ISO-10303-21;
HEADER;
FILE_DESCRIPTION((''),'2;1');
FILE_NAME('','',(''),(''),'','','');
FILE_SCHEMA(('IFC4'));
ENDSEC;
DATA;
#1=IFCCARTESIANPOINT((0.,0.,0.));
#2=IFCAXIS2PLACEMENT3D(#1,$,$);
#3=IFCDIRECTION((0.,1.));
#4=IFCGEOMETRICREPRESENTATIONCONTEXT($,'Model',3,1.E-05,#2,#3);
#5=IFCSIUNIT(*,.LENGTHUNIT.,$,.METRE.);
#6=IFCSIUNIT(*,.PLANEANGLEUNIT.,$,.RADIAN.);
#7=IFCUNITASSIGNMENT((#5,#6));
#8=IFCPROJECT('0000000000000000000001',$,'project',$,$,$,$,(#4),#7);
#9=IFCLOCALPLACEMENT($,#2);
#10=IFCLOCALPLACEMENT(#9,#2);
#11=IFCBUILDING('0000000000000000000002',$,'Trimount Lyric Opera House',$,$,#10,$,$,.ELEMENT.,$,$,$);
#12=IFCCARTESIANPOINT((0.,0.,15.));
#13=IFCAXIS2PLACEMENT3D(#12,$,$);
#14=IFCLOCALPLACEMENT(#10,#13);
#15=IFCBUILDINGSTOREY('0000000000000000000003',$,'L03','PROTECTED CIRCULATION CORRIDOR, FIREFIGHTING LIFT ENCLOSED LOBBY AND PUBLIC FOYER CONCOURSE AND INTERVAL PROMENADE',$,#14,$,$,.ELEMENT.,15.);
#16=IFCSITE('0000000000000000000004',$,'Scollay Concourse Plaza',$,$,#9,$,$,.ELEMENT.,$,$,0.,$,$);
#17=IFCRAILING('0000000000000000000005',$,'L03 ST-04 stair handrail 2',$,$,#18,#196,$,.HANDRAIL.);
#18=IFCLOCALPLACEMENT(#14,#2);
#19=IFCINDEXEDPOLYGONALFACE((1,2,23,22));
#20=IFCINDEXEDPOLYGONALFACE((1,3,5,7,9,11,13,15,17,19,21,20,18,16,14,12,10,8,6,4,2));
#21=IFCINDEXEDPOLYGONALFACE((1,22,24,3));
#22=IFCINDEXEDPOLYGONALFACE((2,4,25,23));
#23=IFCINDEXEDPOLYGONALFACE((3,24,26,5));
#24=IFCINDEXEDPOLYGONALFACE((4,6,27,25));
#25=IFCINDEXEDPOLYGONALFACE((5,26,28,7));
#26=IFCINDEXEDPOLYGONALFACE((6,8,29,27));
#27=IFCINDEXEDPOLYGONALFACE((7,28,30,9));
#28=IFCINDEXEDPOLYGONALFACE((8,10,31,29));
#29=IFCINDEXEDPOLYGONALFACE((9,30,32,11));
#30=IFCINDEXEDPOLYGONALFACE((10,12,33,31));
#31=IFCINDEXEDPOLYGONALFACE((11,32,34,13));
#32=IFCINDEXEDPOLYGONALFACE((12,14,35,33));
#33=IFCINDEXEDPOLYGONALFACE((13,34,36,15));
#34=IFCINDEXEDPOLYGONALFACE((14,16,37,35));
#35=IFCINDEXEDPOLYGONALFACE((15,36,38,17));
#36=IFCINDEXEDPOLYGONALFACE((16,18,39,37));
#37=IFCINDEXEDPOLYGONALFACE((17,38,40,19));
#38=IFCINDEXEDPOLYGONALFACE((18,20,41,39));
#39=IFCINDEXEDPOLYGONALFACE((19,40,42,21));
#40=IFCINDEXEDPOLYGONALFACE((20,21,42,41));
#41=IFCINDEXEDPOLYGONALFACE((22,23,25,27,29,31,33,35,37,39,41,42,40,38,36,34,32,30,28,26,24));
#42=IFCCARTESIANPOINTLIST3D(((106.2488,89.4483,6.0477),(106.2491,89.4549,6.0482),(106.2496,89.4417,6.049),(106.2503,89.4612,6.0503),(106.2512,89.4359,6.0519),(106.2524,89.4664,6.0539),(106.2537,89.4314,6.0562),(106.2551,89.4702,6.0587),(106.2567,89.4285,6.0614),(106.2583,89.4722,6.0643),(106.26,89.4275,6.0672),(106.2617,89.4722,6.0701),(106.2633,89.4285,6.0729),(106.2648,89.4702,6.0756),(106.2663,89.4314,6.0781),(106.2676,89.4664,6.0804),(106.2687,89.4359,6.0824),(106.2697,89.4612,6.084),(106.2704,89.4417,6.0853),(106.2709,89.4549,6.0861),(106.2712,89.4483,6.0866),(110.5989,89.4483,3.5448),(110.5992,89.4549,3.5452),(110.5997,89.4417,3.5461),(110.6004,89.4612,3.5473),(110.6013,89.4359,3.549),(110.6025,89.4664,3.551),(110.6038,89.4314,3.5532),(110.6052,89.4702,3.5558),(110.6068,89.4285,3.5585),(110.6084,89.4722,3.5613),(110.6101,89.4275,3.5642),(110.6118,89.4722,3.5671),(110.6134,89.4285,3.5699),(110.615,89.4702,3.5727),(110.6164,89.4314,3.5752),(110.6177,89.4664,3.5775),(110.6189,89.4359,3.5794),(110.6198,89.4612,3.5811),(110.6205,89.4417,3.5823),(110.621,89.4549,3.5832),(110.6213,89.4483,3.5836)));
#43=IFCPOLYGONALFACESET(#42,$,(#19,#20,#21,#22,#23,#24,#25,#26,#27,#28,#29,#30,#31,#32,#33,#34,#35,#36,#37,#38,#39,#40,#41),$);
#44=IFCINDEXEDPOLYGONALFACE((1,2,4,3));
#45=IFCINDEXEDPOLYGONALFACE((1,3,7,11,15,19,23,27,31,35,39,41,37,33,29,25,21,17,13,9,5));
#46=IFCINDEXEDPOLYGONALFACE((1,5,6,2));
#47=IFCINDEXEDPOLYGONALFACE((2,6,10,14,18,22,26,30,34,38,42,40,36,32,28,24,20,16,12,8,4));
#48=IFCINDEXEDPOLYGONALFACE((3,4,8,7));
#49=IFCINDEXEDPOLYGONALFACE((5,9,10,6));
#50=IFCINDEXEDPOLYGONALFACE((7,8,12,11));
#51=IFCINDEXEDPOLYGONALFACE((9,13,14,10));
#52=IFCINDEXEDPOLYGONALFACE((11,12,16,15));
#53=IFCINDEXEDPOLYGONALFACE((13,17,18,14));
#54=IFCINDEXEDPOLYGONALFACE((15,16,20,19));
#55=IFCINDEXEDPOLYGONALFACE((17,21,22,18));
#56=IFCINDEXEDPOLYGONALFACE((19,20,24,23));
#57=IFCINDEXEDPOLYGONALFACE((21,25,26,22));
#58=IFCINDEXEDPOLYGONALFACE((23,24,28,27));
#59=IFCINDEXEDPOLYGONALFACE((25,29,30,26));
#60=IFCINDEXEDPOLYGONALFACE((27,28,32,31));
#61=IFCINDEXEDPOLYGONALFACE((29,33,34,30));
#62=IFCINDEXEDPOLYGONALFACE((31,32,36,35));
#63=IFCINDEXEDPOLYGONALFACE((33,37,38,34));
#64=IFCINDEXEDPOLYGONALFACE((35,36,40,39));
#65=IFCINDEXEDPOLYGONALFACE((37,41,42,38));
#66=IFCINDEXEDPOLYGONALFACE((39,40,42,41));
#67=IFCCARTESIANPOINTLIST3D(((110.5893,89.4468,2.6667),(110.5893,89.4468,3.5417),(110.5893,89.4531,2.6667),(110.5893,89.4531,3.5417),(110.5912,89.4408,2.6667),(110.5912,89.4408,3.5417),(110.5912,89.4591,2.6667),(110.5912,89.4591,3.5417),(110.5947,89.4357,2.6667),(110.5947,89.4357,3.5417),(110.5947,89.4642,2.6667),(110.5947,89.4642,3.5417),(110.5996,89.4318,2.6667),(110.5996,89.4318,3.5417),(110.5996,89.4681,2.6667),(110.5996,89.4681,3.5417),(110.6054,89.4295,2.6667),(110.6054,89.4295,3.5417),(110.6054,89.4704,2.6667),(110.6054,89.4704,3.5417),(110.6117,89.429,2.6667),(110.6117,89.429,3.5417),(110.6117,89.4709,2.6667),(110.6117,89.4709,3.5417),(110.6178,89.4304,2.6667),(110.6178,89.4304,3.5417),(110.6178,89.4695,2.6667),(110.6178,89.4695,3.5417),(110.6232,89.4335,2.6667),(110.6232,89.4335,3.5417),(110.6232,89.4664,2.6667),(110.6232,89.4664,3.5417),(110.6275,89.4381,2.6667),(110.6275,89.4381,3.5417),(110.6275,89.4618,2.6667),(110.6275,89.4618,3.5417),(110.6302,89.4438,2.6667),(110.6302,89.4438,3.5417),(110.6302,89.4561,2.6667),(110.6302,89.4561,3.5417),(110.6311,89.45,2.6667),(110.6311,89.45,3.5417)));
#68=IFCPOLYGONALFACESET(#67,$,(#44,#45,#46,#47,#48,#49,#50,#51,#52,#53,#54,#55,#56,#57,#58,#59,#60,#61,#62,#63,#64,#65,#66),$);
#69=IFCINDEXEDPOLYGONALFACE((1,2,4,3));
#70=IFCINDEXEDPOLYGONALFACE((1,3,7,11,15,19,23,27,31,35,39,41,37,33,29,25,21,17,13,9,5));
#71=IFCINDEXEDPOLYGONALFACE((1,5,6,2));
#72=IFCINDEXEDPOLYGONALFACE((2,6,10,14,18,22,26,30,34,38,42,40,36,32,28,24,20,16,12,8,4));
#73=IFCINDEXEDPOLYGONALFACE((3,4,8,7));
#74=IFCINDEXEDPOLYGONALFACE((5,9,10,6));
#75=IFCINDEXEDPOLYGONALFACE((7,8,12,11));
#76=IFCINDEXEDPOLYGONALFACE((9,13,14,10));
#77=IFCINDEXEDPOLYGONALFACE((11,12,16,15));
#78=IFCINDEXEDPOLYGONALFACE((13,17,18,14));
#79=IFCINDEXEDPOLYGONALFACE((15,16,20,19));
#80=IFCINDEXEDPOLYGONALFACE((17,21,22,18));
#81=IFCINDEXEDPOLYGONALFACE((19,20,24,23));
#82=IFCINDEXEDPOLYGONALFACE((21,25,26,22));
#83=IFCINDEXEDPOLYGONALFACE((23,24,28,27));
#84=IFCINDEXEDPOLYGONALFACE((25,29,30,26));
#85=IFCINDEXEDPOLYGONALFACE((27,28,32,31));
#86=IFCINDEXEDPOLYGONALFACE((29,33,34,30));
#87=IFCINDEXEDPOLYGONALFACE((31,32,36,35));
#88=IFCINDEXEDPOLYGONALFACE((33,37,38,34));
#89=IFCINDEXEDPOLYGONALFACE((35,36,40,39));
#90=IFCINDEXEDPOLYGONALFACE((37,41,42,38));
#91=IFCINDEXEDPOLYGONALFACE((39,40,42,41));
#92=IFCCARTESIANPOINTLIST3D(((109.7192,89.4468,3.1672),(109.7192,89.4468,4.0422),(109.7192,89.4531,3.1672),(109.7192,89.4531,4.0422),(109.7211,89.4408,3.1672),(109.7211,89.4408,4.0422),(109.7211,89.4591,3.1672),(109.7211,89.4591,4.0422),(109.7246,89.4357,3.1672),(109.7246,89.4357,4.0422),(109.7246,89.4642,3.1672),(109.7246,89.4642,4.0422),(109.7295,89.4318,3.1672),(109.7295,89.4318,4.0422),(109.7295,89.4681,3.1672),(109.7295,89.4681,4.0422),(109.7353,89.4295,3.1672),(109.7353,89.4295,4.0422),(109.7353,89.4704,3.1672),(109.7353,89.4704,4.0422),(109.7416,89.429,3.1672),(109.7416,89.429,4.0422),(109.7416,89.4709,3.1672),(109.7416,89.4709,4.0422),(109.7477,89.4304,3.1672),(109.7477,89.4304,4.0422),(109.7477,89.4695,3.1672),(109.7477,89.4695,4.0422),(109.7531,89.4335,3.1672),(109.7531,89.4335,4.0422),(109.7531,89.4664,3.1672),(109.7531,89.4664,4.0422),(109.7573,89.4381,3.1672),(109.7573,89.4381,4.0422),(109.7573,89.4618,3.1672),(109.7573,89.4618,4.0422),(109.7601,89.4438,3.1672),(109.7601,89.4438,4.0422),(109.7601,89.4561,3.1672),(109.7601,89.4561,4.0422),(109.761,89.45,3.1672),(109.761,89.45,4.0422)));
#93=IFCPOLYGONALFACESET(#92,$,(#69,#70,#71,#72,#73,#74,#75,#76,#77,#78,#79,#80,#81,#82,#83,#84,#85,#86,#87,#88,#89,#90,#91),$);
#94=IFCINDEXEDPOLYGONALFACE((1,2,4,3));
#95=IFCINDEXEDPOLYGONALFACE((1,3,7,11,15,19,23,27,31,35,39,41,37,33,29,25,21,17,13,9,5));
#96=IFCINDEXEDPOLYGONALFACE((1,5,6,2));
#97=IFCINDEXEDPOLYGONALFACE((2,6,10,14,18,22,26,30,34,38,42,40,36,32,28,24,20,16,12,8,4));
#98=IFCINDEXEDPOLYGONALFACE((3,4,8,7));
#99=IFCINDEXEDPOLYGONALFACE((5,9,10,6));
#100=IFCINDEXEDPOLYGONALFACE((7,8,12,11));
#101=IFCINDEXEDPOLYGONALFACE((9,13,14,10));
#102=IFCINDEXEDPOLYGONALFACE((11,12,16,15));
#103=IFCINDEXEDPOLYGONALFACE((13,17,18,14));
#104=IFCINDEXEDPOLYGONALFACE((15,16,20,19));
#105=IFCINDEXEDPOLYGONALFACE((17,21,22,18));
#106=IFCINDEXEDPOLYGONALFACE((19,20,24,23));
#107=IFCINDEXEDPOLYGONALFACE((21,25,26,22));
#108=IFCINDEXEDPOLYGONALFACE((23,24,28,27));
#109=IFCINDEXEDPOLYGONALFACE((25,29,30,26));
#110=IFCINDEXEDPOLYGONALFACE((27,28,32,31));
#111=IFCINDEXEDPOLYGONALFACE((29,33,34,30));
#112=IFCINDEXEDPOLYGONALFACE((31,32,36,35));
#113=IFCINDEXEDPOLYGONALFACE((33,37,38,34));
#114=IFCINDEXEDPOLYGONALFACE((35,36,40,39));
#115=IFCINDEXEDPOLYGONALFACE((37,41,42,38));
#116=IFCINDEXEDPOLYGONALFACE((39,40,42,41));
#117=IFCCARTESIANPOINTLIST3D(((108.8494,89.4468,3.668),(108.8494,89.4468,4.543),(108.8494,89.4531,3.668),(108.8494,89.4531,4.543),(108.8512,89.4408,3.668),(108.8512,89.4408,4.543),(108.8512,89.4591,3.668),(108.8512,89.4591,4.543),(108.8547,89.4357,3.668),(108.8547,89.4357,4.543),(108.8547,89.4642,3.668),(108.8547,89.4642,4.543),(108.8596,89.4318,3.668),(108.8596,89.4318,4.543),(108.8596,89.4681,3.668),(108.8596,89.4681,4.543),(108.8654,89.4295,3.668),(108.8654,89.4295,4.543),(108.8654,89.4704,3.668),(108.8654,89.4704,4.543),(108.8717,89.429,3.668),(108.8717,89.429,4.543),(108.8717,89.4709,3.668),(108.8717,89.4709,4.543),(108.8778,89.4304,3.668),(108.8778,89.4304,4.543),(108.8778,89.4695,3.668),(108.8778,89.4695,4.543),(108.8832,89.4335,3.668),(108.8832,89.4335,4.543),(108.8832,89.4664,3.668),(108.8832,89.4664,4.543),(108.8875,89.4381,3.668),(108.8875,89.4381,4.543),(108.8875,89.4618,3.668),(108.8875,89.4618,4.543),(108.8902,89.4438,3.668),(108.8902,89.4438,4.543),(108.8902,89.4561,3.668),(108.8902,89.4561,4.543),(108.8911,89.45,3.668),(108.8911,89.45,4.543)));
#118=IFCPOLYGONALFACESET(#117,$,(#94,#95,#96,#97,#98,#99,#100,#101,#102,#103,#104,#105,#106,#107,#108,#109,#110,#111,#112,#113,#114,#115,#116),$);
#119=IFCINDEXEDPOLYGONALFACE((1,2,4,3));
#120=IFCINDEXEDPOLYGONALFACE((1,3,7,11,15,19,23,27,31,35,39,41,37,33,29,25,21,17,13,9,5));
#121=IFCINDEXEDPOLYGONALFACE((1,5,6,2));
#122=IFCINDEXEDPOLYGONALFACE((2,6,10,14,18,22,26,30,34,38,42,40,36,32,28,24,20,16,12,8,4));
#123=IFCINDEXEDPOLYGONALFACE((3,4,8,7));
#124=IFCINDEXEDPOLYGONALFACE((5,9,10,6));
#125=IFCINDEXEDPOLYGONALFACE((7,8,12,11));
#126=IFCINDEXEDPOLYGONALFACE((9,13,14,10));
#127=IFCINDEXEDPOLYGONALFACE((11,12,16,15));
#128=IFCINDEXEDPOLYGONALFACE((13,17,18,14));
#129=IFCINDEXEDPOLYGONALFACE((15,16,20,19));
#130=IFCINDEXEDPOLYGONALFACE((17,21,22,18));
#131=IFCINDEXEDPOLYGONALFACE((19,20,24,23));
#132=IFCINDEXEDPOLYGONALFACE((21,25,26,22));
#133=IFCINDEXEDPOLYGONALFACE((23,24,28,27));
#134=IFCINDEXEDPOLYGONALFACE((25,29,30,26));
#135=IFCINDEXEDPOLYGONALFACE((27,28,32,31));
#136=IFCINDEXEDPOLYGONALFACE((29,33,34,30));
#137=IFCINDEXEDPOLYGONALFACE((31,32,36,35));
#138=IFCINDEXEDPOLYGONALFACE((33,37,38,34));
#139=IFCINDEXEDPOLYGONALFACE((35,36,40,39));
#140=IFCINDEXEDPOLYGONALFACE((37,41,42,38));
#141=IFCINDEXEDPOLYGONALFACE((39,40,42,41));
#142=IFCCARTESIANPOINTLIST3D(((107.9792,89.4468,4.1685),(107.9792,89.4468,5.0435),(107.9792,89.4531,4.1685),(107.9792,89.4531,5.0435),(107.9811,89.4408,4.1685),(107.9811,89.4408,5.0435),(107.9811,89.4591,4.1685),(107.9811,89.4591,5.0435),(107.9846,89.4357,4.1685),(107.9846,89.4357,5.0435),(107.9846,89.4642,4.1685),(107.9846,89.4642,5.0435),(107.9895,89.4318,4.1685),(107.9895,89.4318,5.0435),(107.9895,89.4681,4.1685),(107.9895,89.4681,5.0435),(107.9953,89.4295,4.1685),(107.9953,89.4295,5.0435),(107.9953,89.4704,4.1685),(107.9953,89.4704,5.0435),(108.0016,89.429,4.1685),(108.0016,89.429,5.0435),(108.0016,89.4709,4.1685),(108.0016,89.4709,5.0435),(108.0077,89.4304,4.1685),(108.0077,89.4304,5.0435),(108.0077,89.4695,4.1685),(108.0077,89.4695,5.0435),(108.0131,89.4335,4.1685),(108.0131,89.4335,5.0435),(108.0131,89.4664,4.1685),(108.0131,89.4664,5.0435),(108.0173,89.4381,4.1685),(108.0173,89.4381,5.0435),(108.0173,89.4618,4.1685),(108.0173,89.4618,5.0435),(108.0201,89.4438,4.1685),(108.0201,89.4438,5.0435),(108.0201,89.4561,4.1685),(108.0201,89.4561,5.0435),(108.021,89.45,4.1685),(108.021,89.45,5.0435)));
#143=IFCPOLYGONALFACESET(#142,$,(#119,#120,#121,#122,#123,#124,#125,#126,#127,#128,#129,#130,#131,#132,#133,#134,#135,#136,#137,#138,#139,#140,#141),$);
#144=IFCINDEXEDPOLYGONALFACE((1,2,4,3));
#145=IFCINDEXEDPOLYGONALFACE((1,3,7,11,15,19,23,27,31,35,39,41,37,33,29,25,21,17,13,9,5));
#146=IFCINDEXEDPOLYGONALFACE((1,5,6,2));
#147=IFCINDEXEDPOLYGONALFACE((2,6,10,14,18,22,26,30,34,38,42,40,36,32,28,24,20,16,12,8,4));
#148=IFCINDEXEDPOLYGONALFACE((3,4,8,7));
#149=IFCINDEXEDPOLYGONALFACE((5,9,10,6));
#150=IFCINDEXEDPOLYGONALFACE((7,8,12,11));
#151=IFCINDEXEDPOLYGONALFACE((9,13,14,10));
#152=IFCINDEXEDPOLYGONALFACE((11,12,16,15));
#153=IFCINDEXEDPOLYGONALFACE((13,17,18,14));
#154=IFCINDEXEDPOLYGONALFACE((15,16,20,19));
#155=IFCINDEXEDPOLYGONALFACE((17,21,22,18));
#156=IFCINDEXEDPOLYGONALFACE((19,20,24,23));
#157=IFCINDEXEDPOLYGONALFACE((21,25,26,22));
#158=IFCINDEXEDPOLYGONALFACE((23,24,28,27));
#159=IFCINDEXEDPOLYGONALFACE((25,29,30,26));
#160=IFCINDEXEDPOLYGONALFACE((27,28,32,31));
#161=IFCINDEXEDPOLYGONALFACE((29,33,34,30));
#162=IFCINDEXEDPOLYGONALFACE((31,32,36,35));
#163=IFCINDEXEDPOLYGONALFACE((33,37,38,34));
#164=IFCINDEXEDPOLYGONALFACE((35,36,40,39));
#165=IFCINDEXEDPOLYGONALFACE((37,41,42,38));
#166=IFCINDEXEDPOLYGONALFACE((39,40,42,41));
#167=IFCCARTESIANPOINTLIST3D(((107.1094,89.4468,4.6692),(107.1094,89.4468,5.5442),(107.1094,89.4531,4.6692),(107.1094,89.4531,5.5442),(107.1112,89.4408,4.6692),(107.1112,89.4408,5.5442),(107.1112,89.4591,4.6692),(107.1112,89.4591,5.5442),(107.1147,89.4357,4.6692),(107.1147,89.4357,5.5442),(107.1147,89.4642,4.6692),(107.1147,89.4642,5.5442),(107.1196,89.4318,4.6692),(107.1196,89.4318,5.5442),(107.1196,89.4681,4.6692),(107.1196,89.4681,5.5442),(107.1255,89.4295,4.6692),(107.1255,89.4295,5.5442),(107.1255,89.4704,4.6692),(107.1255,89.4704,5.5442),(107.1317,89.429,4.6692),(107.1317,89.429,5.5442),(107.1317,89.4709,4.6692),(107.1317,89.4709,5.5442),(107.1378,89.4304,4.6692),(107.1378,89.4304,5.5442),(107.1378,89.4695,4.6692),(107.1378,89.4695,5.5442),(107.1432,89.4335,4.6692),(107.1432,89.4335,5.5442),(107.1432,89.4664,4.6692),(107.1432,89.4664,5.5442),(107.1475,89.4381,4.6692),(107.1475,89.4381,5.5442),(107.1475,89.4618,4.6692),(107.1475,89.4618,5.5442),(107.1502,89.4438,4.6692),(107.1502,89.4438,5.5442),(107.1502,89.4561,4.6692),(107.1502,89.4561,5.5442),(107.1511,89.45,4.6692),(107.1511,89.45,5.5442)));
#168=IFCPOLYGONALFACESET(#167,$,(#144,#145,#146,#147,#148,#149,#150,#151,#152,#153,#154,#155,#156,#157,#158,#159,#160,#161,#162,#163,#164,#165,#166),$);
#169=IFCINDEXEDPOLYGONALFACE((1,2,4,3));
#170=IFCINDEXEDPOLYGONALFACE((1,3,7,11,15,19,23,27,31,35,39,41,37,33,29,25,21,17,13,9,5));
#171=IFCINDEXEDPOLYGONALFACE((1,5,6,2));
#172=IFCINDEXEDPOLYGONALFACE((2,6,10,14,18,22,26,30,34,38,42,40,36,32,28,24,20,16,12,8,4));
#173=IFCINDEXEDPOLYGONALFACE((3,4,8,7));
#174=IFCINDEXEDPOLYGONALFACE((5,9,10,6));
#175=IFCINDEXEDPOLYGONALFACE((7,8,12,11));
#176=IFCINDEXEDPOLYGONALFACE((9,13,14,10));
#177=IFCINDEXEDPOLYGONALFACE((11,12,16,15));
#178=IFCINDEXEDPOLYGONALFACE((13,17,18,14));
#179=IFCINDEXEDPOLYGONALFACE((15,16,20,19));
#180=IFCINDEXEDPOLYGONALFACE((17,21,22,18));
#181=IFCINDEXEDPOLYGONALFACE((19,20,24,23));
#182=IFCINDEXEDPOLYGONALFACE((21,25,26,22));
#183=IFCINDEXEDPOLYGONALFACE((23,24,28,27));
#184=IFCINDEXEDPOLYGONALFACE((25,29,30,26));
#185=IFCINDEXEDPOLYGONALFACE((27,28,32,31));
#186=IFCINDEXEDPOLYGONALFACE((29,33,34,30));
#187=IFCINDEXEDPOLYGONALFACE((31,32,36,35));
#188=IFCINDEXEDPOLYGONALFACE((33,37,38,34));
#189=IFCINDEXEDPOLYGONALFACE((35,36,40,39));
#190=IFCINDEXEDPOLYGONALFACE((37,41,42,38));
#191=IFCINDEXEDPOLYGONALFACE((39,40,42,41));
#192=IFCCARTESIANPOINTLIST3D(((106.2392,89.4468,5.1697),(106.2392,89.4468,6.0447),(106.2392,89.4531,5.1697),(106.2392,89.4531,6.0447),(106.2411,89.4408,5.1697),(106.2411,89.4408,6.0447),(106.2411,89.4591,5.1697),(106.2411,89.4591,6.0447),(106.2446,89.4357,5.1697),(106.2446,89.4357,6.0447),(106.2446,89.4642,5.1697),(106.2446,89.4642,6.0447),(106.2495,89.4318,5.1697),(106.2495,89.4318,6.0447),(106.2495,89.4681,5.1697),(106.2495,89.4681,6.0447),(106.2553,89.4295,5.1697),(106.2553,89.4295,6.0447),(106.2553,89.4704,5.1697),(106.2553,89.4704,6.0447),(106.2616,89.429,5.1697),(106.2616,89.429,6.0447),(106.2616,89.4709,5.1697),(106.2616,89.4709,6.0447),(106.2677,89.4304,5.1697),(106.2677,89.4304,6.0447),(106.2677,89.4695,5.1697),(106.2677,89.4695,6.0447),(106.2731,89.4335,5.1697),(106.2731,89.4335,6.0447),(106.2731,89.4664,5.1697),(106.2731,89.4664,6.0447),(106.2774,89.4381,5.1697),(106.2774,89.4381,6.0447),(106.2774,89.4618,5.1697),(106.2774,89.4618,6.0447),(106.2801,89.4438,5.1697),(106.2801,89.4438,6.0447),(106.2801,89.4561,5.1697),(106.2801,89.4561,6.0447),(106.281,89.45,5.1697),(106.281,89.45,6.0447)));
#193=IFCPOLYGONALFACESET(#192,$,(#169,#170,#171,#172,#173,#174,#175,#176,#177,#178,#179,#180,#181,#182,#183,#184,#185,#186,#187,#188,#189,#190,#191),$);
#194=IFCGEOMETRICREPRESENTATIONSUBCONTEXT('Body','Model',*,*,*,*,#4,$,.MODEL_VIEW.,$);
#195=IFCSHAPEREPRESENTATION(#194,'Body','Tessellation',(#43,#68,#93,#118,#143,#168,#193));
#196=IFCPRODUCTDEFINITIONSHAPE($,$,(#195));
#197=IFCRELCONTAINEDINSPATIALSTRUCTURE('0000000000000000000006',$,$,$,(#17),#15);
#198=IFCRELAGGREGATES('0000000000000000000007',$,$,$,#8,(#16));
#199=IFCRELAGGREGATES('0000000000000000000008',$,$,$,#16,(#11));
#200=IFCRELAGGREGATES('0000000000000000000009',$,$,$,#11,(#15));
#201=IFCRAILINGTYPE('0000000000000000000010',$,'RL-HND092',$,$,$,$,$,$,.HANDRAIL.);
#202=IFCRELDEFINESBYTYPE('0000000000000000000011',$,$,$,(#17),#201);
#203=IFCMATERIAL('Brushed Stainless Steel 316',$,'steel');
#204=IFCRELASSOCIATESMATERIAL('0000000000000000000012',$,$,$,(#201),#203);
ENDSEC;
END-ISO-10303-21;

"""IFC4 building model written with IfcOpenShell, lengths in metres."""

from ifc_helpers import new_model, si_unit, direction, frame, origin, origin_2d, place, context, subcontext, project, spatial, circle, extrude, material, type_object, element, save


model = new_model("IFC4")

# Units and contexts
model_context = context("Model", 3, precision=1e-05, world=origin(), true_north=direction((0.0, 1.0)))
body_context = subcontext(model_context, "Body", "Model", "MODEL_VIEW")
ifc_project = project(units=[si_unit("LENGTHUNIT", "METRE"), si_unit("PLANEANGLEUNIT", "RADIAN")], contexts=[model_context])

# Site, building, storey
site_placement = place(None, origin())
site = spatial("IfcSite", under=ifc_project, at=site_placement, Name="Scollay Concourse Plaza", CompositionType="ELEMENT", RefElevation=0.0)
building_placement = place(site_placement, origin())
building = spatial("IfcBuilding", under=site, at=building_placement, Name="Trimount Lyric Opera House", CompositionType="ELEMENT")
storey_placement = place(building_placement, frame((0.0, 0.0, 15.0)))
storey = spatial("IfcBuildingStorey", under=building, at=storey_placement, Name="L03", Description="PROTECTED CIRCULATION CORRIDOR, FIREFIGHTING LIFT ENCLOSED LOBBY AND PUBLIC FOYER CONCOURSE AND INTERVAL PROMENADE", CompositionType="ELEMENT", Elevation=15.0)

# Railing
ifc_material_1 = material(Name="Brushed Stainless Steel 316", Category="steel")
railing_type_1 = type_object("IfcRailingType", Name="RL-HND092", PredefinedType="HANDRAIL", material=ifc_material_1)
railing_1_placement = place(storey_placement, frame((110.6101, 89.45, 2.6667)))
element("IfcRailing", 1, at=railing_1_placement, inside=storey, type_object=railing_type_1, Name="L03 ST-04 stair handrail 2", PredefinedType="HANDRAIL", context=body_context, shape_type="SweptSolid", body=[
    extrude(circle(Radius=0.0225, at=origin_2d()), frame((0.0, 0.0, 0.8975), z_axis=(-0.866766, 0.0, 0.498714), x_axis=(0.0, -1.0, 0.0)), (0.0, 0.0, 1.0), 5.0188),
    extrude(circle(Radius=0.021, at=origin_2d()), origin(), (0.0, 0.0, 1.0), 0.875),
    extrude(circle(Radius=0.021, at=origin_2d()), frame((-0.8701, 0.0, 0.5005)), (0.0, 0.0, 1.0), 0.875),
    extrude(circle(Radius=0.021, at=origin_2d()), frame((-1.74, 0.0, 1.0012)), (0.0, 0.0, 1.0), 0.875),
    extrude(circle(Radius=0.021, at=origin_2d()), frame((-2.6101, 0.0, 1.5017)), (0.0, 0.0, 1.0), 0.875),
    extrude(circle(Radius=0.021, at=origin_2d()), frame((-3.48, 0.0, 2.0024)), (0.0, 0.0, 1.0), 0.875),
    extrude(circle(Radius=0.021, at=origin_2d()), frame((-4.3501, 0.0, 2.5029)), (0.0, 0.0, 1.0), 0.875),
])

save(model, "model.ifc")
